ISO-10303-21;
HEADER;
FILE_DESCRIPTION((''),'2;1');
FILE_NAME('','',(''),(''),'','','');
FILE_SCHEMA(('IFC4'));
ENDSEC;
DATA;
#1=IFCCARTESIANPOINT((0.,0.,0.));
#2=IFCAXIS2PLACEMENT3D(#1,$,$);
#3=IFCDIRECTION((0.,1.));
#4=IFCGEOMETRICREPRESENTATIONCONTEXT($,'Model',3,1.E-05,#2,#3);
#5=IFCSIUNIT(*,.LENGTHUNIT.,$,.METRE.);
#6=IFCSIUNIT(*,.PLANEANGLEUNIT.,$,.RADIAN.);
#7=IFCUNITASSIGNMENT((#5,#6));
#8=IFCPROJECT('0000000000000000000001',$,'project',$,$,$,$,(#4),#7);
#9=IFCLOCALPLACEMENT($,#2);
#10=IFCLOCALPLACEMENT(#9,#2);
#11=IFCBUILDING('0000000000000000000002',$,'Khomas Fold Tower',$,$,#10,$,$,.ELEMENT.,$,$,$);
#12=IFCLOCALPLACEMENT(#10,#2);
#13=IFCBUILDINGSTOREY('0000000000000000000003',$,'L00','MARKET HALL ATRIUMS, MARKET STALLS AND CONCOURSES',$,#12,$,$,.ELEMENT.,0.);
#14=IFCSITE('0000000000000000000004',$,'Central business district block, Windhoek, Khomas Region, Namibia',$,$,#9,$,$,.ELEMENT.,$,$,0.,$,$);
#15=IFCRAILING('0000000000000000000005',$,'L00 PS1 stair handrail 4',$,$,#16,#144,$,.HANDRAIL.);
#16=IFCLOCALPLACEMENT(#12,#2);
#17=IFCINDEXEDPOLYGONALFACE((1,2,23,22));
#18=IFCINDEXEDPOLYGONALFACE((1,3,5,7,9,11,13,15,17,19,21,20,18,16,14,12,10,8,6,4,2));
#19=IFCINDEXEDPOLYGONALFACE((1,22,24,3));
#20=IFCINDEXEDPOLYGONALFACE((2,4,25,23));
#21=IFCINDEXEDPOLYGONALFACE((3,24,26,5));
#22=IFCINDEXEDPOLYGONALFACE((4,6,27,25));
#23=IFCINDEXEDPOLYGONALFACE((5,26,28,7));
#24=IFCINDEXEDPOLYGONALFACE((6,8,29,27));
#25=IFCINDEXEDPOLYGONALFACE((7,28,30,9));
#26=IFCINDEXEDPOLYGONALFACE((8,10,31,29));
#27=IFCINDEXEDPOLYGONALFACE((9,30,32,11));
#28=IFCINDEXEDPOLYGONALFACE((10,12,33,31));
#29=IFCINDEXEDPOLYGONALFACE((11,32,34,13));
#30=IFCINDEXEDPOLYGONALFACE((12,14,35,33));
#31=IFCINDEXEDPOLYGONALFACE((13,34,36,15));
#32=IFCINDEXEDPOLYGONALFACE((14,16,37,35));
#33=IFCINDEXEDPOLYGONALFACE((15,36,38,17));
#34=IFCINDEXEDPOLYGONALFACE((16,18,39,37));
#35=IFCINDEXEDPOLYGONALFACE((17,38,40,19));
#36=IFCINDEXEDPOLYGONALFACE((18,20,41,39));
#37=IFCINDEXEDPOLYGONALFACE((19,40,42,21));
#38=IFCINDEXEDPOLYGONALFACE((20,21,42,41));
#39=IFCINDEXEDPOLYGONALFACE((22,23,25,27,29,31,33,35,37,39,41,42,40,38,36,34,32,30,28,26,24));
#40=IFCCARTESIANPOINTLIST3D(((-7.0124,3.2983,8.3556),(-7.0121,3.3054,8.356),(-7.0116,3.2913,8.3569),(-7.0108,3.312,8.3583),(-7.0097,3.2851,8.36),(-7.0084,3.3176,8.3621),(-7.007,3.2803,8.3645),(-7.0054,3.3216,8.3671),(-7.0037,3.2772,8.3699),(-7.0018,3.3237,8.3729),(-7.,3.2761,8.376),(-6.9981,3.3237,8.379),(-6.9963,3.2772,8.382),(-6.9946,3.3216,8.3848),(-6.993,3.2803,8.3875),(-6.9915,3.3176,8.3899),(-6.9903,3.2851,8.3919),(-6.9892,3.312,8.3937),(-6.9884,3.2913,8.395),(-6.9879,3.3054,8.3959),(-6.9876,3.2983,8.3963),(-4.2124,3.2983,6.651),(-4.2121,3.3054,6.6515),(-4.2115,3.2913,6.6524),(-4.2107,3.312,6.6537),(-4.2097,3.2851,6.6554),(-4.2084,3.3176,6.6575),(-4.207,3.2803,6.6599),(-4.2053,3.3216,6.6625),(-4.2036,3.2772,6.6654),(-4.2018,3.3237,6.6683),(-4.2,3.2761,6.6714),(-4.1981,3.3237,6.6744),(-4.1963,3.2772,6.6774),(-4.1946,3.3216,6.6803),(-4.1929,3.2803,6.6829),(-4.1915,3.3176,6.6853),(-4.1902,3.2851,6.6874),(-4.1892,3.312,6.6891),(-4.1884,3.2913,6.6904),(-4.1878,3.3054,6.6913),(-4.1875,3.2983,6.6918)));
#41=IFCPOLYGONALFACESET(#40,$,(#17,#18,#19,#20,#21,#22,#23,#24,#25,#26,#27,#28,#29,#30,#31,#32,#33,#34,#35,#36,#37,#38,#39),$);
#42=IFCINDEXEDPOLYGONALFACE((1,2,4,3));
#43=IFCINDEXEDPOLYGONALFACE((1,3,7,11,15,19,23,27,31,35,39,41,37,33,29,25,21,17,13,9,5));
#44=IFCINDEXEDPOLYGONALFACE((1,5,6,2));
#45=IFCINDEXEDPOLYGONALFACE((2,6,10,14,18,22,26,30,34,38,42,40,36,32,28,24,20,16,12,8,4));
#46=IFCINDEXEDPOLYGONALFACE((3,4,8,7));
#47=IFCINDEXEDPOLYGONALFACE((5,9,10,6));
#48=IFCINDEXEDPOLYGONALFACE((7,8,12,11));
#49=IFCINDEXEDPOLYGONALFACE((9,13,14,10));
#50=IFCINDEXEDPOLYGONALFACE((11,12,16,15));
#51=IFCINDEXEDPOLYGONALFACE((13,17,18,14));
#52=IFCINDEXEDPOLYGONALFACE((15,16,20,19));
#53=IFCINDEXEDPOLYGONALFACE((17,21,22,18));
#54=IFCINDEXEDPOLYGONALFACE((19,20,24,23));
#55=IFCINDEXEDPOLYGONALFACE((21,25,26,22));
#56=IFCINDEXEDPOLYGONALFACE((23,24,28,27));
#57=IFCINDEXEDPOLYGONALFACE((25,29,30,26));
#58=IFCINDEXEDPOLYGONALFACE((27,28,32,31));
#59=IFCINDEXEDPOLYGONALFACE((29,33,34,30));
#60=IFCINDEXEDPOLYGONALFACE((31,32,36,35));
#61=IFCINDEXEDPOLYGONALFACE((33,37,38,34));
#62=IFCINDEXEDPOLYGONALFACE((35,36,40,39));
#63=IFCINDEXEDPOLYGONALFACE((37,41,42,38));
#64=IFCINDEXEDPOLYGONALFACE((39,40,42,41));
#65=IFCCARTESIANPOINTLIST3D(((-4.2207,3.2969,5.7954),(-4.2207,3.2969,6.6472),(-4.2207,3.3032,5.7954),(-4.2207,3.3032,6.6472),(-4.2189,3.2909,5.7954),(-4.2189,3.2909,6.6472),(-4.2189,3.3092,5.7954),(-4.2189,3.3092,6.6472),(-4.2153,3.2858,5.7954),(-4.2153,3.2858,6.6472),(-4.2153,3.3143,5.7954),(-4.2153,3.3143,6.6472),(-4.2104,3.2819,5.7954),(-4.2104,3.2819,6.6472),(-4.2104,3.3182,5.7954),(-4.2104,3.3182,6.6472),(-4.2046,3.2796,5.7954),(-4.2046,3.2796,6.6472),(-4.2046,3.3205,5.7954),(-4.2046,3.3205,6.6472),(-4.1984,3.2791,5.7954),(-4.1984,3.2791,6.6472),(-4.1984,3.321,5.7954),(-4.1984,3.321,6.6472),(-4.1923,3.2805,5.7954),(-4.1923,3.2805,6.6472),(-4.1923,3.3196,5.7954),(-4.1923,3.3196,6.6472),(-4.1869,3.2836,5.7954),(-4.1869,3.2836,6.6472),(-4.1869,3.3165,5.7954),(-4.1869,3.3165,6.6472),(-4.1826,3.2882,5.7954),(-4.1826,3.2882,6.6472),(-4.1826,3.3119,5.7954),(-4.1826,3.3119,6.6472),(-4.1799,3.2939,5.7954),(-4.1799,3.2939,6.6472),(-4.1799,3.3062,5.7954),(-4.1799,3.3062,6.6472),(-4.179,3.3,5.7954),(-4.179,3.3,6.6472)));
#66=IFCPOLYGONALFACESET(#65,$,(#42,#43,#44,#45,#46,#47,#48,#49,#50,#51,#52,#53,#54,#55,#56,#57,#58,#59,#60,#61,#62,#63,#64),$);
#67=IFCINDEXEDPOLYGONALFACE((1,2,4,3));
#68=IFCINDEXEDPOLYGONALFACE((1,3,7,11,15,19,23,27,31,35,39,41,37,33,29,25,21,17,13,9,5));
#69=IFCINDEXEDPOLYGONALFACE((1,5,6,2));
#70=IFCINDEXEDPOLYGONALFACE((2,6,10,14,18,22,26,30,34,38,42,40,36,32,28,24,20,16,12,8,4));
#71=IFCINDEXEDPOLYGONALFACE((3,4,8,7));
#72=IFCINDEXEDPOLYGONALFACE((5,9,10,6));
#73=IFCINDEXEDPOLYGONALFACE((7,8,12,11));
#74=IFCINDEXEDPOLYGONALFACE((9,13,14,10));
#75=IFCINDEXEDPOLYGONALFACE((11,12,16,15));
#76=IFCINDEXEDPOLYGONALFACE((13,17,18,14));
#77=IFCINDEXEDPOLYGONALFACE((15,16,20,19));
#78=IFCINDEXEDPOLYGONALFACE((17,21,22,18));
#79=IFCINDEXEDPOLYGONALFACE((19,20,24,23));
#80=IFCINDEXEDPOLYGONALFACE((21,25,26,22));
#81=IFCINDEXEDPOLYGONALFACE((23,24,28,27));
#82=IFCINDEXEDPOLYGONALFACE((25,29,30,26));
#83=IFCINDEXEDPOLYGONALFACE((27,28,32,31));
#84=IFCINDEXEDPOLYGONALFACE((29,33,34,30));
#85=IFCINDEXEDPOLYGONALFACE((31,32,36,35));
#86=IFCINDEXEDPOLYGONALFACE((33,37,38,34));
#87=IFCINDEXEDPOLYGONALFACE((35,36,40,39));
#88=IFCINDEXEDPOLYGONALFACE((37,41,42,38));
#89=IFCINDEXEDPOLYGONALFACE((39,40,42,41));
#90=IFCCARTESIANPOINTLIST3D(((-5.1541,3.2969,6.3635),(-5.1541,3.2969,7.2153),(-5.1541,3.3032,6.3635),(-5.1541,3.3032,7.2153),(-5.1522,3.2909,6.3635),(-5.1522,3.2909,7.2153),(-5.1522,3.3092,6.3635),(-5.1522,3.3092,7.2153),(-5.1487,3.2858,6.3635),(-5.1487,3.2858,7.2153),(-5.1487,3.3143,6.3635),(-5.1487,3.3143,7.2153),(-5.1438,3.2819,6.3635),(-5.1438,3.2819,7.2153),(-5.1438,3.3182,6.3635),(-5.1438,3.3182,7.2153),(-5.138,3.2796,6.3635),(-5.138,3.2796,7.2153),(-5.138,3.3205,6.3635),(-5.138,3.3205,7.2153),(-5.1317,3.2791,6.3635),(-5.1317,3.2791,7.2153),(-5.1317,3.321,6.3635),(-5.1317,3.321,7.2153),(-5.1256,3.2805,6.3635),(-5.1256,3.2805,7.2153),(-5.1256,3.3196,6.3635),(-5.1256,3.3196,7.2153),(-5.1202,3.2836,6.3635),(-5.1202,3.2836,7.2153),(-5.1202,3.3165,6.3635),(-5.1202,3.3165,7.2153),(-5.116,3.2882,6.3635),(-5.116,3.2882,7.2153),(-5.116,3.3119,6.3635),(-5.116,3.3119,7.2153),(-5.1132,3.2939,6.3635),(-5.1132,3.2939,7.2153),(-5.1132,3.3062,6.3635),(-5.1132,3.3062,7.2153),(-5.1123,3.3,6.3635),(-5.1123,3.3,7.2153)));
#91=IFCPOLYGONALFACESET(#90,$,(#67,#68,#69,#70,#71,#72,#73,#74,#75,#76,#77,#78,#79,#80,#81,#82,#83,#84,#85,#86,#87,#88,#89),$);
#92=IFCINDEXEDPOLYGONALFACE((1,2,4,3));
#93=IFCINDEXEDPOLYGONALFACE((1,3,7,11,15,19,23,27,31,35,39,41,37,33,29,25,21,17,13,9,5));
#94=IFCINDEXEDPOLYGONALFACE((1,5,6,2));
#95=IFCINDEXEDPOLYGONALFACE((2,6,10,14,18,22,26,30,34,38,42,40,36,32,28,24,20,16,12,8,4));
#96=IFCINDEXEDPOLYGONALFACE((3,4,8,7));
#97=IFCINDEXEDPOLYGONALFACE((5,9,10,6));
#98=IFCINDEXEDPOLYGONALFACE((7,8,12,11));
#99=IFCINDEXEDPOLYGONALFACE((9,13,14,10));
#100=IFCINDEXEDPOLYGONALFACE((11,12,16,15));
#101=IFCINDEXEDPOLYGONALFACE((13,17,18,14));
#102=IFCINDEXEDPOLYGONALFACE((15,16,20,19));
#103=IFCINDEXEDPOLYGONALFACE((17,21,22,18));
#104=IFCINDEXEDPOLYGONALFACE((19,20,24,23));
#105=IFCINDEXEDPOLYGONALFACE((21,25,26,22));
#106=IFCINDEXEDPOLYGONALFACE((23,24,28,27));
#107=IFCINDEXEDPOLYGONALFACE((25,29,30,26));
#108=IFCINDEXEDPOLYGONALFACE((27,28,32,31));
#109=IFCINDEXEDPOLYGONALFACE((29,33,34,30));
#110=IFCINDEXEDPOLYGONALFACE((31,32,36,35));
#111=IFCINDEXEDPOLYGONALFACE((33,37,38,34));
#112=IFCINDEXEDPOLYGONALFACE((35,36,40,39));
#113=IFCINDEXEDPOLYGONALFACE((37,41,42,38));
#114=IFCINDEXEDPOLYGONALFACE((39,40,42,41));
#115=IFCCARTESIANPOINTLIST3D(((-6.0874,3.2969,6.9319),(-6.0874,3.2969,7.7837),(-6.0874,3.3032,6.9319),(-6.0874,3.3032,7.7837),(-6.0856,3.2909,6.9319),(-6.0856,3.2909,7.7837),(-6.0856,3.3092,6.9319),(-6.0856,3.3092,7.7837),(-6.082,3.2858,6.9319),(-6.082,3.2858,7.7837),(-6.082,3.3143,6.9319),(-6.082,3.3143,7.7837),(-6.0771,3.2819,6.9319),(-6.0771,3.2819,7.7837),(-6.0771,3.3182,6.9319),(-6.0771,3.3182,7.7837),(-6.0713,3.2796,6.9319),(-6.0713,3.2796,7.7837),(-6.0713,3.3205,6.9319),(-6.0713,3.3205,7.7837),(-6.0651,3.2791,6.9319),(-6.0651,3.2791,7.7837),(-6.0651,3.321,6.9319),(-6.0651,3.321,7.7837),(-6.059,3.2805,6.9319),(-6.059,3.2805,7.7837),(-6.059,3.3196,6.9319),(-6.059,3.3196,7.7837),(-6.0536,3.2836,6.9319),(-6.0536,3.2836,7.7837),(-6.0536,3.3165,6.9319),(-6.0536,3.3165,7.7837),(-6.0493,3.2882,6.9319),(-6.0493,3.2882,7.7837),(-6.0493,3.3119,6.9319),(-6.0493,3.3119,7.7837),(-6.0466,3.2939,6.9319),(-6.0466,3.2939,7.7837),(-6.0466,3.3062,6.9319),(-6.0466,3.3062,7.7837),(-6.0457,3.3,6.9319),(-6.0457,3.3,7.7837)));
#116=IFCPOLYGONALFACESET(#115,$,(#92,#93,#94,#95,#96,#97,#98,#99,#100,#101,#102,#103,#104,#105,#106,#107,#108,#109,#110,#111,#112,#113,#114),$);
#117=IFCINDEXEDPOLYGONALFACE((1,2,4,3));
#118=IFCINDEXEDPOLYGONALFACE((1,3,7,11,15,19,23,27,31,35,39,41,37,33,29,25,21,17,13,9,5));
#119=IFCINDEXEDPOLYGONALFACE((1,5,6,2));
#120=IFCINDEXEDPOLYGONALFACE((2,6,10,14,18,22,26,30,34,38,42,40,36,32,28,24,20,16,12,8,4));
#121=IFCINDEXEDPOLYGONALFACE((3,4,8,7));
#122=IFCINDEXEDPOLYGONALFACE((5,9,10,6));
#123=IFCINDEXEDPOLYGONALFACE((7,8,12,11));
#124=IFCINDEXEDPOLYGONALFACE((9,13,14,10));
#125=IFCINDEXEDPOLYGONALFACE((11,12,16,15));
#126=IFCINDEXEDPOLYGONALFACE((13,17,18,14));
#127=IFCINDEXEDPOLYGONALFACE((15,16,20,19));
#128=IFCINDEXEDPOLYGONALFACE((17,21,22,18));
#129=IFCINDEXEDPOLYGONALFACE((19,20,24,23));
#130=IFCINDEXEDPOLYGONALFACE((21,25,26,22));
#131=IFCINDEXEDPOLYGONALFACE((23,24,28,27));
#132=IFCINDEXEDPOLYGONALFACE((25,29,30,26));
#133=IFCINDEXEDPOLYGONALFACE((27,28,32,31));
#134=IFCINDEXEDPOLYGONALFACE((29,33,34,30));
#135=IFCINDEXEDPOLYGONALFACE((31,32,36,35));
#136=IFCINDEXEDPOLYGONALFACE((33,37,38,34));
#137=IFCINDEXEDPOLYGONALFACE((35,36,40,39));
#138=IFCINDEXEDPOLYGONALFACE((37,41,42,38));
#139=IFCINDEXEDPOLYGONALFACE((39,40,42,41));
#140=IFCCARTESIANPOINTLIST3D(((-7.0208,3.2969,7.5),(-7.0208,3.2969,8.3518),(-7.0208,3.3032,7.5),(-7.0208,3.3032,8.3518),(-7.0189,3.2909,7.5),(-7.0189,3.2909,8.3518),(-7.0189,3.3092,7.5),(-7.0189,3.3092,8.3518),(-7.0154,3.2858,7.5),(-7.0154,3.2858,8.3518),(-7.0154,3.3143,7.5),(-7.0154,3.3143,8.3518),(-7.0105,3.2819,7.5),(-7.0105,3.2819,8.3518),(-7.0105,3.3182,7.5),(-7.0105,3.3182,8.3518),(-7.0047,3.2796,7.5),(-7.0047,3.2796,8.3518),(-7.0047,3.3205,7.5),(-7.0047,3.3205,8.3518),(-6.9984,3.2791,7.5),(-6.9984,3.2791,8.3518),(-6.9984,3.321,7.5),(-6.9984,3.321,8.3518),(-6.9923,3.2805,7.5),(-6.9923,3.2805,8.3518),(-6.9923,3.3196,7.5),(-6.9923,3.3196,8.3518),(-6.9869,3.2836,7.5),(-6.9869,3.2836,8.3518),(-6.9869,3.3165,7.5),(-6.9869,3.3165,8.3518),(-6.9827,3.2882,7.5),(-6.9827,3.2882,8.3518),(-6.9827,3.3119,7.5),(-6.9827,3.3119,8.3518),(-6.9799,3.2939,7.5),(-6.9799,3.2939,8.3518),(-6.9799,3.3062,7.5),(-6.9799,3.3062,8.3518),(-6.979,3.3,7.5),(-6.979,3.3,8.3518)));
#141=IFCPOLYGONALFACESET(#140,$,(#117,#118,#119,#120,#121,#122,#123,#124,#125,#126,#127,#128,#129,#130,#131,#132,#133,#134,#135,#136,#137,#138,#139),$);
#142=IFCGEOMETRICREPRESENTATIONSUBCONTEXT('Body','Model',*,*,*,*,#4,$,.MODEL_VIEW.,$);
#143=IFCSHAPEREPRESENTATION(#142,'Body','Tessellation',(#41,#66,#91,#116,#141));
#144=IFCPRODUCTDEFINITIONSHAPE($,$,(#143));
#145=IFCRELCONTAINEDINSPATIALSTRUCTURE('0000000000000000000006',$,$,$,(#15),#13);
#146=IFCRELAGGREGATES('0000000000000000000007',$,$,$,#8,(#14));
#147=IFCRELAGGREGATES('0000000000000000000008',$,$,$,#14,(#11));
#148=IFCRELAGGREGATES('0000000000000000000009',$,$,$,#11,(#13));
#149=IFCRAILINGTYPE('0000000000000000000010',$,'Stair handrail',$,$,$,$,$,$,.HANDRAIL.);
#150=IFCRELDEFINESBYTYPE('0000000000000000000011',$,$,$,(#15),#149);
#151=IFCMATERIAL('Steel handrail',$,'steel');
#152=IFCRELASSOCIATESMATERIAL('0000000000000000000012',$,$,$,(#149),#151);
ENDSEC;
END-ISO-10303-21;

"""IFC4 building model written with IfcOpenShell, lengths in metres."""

from ifc_helpers import new_model, si_unit, direction, frame, origin, origin_2d, place, context, subcontext, project, spatial, circle, extrude, source, transform, mapped, material, type_object, element, save


model = new_model("IFC4")

# Units and contexts
model_context = context("Model", 3, precision=1e-05, world=origin(), true_north=direction((0.0, 1.0)))
body_context = subcontext(model_context, "Body", "Model", "MODEL_VIEW")
ifc_project = project(units=[si_unit("LENGTHUNIT", "METRE"), si_unit("PLANEANGLEUNIT", "RADIAN")], contexts=[model_context])

# Site, building, storey
site_placement = place(None, origin())
site = spatial("IfcSite", under=ifc_project, at=site_placement, Name="Central business district block, Windhoek, Khomas Region, Namibia", CompositionType="ELEMENT", RefElevation=0.0)
building_placement = place(site_placement, origin())
building = spatial("IfcBuilding", under=site, at=building_placement, Name="Khomas Fold Tower", CompositionType="ELEMENT")
storey_placement = place(building_placement, origin())
storey = spatial("IfcBuildingStorey", under=building, at=storey_placement, Name="L00", Description="MARKET HALL ATRIUMS, MARKET STALLS AND CONCOURSES", CompositionType="ELEMENT", Elevation=0.0)

# Railing
ifc_material_1 = material(Name="Steel handrail", Category="steel")
railing_type_1 = type_object("IfcRailingType", Name="Stair handrail", PredefinedType="HANDRAIL", material=ifc_material_1)
shared_shape_1 = source(origin(), body_context, "Body", "SweptSolid", [
    extrude(circle(Radius=0.0239, at=origin_2d()), frame((0.0, 0.0, 0.876), z_axis=(-0.85417, 0.0, 0.519994), x_axis=(0.0, -1.0, 0.0)), (0.0, 0.0, 1.0), 3.2781),
    extrude(circle(Radius=0.021, at=origin_2d()), origin(), (0.0, 0.0, 1.0), 0.8518),
    extrude(circle(Radius=0.021, at=origin_2d()), frame((-0.9333, 0.0, 0.5681)), (0.0, 0.0, 1.0), 0.8518),
    extrude(circle(Radius=0.021, at=origin_2d()), frame((-1.8667, 0.0, 1.1365)), (0.0, 0.0, 1.0), 0.8518),
    extrude(circle(Radius=0.021, at=origin_2d()), frame((-2.8, 0.0, 1.7046)), (0.0, 0.0, 1.0), 0.8518),
])
for number, where, name in (
    (1, (-4.2, 3.3, 5.7954), "L00 PS1 stair handrail 4"),
):
    element("IfcRailing", number, at=place(storey_placement, frame(where)), inside=storey, type_object=railing_type_1, Name=name, PredefinedType="HANDRAIL", context=body_context, shape_type="MappedRepresentation", body=[
        mapped(shared_shape_1, transform((0.0, 0.0, 0.0))),
    ])

save(model, "model.ifc")
